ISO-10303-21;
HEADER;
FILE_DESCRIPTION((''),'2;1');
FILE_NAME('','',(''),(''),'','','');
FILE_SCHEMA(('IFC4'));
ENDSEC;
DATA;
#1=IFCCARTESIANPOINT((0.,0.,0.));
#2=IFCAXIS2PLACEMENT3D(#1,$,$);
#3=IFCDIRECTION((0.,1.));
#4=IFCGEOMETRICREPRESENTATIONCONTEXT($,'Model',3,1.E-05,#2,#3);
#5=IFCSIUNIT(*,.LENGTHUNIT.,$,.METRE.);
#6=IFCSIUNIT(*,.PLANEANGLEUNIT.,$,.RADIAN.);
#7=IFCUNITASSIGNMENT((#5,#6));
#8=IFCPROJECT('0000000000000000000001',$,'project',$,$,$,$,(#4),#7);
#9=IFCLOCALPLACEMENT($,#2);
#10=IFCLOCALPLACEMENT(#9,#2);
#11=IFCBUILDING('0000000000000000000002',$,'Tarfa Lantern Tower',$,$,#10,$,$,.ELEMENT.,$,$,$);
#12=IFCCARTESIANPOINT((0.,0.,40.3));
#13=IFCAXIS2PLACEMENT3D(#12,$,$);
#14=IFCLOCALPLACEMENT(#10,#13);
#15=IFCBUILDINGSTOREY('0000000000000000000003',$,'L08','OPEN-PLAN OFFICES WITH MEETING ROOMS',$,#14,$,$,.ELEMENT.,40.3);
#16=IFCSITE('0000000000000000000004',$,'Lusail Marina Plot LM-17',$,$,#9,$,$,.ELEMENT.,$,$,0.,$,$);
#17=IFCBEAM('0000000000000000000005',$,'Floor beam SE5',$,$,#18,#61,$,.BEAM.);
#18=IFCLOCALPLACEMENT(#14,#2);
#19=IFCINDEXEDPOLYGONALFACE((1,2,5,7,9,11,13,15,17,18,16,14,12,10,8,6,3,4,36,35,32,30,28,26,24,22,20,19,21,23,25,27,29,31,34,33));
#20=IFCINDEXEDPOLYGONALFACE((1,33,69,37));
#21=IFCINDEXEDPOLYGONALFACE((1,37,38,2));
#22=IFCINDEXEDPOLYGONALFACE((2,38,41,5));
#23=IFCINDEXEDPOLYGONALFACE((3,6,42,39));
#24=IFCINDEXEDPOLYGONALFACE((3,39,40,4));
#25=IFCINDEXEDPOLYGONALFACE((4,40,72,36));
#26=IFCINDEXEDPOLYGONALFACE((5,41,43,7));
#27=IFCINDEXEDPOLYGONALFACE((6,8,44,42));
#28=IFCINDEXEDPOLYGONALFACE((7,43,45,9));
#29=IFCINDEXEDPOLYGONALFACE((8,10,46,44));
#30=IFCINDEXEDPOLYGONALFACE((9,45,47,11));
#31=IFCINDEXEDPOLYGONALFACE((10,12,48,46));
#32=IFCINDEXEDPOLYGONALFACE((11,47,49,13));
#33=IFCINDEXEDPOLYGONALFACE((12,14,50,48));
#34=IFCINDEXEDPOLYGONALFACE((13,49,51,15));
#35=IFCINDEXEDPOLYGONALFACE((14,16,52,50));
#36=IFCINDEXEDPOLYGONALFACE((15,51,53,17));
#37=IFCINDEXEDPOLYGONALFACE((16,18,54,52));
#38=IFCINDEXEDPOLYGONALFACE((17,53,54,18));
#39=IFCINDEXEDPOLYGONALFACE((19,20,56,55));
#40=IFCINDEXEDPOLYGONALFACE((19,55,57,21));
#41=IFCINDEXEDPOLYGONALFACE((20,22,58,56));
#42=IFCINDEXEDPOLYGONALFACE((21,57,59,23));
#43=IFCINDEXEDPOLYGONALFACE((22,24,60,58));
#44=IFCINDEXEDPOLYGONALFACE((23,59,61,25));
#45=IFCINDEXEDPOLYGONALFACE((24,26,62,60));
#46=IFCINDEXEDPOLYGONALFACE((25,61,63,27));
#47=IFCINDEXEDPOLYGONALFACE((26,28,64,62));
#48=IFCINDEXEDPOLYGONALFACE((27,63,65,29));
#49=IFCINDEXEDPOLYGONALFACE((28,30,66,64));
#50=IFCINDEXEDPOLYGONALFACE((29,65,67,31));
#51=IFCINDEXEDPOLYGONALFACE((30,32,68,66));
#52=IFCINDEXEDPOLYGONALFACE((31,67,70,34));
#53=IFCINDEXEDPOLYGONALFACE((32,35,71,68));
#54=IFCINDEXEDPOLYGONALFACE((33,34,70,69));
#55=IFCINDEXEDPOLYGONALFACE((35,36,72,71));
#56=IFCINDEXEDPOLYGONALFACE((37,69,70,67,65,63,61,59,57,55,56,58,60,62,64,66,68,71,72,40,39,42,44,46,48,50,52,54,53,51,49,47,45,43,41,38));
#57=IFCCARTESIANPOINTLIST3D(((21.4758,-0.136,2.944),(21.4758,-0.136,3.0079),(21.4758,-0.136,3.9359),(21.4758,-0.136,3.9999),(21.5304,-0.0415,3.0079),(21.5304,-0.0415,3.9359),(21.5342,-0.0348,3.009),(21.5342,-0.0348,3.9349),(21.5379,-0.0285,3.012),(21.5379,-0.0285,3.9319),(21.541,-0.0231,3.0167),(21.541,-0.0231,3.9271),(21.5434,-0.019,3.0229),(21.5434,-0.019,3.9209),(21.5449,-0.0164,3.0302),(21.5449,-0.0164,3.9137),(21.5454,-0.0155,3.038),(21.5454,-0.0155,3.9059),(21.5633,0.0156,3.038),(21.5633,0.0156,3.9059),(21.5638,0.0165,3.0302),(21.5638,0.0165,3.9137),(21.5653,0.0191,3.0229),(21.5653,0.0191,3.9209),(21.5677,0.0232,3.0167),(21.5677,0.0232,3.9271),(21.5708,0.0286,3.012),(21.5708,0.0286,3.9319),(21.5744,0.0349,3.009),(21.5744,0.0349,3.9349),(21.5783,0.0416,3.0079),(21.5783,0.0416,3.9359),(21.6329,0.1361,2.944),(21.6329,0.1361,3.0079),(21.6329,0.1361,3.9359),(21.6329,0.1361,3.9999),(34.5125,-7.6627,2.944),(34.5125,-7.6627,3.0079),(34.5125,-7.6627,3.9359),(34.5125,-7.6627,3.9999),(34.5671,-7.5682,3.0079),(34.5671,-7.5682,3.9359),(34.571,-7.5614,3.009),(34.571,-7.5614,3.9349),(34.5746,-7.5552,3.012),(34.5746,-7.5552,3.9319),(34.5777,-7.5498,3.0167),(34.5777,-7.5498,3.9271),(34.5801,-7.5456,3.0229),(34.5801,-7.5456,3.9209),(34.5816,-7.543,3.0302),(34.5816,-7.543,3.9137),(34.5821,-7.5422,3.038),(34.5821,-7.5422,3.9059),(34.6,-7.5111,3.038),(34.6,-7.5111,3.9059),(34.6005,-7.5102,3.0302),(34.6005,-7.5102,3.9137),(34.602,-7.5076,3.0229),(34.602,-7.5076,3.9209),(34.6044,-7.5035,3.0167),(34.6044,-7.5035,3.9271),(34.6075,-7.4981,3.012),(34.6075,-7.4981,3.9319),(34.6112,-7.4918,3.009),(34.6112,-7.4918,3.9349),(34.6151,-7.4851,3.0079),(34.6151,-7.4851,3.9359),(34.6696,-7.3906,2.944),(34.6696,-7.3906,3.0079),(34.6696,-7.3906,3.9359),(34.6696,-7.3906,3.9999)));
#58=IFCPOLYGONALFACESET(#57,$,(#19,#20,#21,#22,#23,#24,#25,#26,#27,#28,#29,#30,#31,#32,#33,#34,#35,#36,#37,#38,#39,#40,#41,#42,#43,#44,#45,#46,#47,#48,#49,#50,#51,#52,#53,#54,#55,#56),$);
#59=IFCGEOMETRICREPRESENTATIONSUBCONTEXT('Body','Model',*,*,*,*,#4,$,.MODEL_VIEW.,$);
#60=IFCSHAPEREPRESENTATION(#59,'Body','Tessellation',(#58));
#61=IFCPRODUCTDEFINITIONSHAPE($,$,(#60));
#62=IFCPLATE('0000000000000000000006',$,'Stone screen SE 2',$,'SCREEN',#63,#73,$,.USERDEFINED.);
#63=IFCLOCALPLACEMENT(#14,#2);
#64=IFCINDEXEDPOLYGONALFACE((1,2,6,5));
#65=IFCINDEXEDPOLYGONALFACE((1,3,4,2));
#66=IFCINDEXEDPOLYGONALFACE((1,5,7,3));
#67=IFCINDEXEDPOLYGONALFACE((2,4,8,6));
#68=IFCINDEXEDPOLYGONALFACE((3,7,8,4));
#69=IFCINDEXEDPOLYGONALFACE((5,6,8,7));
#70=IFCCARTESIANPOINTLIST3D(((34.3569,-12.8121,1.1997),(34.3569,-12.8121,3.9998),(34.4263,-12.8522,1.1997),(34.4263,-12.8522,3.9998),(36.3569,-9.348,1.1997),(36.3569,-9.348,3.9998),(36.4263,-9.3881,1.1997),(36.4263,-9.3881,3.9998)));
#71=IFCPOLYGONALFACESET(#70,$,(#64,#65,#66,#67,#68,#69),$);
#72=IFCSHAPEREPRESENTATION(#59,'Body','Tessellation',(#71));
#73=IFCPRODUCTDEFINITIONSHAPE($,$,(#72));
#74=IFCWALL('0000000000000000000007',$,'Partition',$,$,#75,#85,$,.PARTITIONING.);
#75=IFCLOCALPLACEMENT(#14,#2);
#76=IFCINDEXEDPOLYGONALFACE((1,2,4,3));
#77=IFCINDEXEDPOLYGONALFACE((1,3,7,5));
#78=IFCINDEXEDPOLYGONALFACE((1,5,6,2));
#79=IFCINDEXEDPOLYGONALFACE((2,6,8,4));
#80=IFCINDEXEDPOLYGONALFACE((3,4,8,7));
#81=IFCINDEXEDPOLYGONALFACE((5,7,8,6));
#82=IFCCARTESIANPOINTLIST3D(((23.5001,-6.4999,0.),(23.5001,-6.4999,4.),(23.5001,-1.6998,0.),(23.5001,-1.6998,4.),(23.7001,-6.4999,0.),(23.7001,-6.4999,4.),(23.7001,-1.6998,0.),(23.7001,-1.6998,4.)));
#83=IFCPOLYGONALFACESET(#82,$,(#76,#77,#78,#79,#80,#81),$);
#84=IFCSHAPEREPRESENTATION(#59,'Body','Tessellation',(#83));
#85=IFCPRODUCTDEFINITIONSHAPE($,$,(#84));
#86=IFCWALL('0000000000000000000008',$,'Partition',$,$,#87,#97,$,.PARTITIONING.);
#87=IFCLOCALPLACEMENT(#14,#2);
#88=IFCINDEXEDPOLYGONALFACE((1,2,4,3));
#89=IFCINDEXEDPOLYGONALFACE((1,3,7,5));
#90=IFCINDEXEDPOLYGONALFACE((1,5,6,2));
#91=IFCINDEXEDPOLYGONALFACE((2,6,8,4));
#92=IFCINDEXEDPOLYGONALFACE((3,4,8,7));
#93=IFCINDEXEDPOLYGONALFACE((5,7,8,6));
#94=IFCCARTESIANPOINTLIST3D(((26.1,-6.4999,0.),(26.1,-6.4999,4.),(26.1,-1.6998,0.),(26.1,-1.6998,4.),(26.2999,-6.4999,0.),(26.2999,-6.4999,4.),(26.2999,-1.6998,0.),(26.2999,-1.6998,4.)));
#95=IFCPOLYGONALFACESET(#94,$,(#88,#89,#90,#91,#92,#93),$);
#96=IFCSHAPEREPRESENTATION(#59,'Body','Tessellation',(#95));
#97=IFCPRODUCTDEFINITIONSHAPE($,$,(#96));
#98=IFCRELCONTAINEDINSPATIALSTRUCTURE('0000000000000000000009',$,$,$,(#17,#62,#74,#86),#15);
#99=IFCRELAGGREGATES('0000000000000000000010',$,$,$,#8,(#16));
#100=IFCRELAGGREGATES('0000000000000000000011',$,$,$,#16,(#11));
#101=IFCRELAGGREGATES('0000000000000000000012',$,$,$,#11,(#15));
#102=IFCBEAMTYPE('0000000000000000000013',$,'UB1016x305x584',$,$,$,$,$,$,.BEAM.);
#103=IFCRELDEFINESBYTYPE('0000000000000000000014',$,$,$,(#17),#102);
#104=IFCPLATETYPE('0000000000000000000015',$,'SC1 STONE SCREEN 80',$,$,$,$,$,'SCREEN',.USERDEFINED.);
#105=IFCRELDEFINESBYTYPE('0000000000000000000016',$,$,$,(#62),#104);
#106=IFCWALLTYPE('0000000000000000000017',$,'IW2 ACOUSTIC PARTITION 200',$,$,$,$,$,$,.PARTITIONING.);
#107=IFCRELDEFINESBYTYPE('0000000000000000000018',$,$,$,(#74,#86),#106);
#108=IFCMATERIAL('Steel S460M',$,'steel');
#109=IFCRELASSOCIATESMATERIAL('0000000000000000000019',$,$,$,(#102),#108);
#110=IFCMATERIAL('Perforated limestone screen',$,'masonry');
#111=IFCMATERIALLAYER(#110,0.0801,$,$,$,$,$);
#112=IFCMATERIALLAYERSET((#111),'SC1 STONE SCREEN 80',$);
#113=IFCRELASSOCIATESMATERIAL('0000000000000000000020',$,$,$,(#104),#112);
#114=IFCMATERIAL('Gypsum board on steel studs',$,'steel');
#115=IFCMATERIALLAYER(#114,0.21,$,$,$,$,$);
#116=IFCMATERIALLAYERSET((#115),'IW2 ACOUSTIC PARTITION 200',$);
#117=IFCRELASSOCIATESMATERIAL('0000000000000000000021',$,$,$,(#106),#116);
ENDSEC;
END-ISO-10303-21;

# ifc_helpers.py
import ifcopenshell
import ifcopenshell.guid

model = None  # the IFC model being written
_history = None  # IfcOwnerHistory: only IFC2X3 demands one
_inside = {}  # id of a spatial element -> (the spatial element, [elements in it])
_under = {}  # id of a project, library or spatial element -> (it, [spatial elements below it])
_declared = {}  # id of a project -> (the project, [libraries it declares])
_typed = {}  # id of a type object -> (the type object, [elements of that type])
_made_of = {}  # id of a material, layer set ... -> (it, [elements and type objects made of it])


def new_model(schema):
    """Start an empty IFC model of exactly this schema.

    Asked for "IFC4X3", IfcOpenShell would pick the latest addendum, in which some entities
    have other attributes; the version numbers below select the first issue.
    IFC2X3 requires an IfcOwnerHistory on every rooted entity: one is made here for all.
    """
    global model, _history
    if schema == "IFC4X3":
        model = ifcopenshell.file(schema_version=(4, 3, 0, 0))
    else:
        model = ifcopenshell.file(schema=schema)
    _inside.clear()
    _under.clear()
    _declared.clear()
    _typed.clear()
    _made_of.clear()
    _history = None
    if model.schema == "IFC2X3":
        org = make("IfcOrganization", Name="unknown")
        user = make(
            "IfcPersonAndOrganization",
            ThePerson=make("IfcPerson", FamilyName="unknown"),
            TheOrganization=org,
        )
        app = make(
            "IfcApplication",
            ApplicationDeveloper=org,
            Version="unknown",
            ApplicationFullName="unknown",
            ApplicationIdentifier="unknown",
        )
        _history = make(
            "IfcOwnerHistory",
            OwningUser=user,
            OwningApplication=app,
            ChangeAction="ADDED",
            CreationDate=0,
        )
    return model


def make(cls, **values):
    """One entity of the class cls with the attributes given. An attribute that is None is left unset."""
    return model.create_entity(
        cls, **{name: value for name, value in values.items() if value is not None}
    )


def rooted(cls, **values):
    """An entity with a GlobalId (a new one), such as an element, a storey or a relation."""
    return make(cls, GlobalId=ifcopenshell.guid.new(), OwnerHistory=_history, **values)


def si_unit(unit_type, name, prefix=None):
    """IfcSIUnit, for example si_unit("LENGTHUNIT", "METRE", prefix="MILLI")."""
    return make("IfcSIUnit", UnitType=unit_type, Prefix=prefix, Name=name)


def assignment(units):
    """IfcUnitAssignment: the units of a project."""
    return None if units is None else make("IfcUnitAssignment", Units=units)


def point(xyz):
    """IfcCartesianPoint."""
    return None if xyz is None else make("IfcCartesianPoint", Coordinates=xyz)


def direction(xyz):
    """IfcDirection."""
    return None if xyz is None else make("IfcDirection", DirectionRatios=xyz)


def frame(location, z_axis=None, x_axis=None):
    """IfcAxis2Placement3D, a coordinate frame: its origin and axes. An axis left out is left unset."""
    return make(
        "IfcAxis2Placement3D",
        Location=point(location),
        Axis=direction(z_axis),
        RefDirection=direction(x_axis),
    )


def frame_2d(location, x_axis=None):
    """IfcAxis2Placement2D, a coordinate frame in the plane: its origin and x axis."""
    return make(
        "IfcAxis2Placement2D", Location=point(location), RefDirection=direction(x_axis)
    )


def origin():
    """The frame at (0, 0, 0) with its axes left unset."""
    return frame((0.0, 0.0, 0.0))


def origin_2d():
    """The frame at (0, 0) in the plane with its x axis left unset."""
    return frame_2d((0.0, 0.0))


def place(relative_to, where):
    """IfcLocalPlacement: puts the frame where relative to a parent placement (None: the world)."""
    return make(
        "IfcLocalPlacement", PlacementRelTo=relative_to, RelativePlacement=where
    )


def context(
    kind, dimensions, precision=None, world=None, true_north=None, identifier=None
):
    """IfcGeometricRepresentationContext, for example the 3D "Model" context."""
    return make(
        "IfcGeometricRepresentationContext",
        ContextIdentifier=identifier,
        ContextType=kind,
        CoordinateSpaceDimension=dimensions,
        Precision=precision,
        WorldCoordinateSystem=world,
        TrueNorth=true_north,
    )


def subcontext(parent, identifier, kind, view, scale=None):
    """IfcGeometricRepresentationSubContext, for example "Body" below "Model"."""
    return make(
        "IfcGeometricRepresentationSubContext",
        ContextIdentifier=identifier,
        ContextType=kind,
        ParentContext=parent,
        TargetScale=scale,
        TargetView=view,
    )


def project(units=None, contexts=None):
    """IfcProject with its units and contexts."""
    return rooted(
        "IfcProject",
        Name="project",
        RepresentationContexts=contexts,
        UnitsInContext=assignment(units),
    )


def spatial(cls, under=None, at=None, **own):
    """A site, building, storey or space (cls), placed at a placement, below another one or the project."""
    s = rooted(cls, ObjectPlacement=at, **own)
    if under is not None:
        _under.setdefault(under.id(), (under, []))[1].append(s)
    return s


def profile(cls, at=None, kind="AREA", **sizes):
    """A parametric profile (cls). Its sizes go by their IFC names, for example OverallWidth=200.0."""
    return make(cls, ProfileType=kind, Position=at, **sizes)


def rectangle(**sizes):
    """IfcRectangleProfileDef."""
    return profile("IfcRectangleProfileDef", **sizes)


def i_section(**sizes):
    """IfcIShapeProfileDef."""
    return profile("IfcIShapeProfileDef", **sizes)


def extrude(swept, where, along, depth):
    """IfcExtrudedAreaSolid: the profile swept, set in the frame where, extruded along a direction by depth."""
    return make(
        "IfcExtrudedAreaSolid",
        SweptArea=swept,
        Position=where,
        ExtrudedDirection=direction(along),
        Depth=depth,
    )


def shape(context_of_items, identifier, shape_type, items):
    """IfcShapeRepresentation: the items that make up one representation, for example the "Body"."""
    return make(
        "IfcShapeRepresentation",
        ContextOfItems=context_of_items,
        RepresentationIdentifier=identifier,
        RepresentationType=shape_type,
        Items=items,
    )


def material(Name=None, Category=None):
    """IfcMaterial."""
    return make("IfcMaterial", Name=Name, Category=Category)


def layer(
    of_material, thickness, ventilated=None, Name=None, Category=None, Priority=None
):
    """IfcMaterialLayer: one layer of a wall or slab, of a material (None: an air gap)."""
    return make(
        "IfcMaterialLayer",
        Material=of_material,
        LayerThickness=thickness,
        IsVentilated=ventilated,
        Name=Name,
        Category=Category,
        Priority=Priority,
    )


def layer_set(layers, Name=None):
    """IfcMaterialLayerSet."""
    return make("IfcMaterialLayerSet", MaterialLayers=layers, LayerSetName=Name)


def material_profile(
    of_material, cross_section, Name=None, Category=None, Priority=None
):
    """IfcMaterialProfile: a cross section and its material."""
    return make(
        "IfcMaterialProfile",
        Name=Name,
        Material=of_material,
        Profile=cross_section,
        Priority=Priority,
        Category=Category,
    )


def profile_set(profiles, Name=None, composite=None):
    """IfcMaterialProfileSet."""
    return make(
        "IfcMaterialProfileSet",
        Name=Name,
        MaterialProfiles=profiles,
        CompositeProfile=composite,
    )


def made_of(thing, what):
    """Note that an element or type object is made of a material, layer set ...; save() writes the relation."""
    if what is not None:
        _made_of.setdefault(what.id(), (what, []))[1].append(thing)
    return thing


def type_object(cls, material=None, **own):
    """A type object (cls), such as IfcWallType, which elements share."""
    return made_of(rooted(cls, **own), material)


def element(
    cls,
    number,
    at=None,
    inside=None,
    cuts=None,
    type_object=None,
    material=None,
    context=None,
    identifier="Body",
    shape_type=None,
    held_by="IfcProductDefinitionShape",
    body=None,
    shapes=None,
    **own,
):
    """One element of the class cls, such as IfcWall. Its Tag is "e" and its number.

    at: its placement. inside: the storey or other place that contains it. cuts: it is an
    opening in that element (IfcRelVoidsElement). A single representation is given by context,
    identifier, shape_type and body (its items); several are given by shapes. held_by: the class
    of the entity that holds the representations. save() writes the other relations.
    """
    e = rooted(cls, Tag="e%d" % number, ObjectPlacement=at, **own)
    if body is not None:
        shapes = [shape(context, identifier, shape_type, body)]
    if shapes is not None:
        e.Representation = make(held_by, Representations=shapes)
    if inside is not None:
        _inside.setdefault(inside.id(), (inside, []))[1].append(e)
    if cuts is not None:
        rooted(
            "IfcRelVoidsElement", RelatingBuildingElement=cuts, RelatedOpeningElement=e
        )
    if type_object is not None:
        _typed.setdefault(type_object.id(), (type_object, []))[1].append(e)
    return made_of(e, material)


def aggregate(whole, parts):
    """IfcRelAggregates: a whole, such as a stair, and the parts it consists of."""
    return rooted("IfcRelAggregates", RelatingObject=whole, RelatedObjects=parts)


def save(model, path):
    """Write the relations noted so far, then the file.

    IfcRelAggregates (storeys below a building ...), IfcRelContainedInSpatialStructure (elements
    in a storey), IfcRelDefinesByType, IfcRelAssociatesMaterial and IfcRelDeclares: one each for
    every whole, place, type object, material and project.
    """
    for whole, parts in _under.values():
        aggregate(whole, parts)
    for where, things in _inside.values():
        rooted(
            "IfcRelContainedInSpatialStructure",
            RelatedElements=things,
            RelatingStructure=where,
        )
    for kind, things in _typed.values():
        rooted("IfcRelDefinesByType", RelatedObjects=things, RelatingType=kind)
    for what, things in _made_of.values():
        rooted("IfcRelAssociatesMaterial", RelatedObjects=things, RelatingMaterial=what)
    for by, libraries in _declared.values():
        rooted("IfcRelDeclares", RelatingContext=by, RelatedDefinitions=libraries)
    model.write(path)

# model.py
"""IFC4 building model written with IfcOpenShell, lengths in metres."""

from ifc_helpers import new_model, si_unit, direction, frame, frame_2d, origin, origin_2d, place, context, subcontext, project, spatial, rectangle, i_section, extrude, material, layer, layer_set, material_profile, profile_set, type_object, element, save


model = new_model("IFC4")

# Units and contexts
model_context = context("Model", 3, precision=1e-05, world=origin(), true_north=direction((0.0, 1.0)))
body_context = subcontext(model_context, "Body", "Model", "MODEL_VIEW")
ifc_project = project(units=[si_unit("LENGTHUNIT", "METRE"), si_unit("PLANEANGLEUNIT", "RADIAN")], contexts=[model_context])

# Site, building, storey
site_placement = place(None, origin())
site = spatial("IfcSite", under=ifc_project, at=site_placement, Name="Lusail Marina Plot LM-17", CompositionType="ELEMENT", RefElevation=0.0)
building_placement = place(site_placement, origin())
building = spatial("IfcBuilding", under=site, at=building_placement, Name="Tarfa Lantern Tower", CompositionType="ELEMENT")
storey_placement = place(building_placement, frame((0.0, 0.0, 40.3)))
storey = spatial("IfcBuildingStorey", under=building, at=storey_placement, Name="L08", Description="OPEN-PLAN OFFICES WITH MEETING ROOMS", CompositionType="ELEMENT", Elevation=40.3)

# Beam
ifc_material_1 = material(Name="Steel S460M", Category="steel")
ifc_material_profile_1 = material_profile(ifc_material_1, i_section(OverallWidth=0.3142, OverallDepth=1.0559, WebThickness=0.0359, FlangeThickness=0.064, FilletRadius=0.03, at=origin_2d()), Name="UB1016x305x584")
ifc_profile_set_1 = profile_set([ifc_material_profile_1], Name="Steel S460M")
beam_type_1 = type_object("IfcBeamType", Name="UB1016x305x584", PredefinedType="BEAM", material=ifc_profile_set_1)
beam_1_placement = place(storey_placement, frame((34.5911, -7.5266, 3.4719), z_axis=(-0.866028, 0.499996, 0.0), x_axis=(-0.499996, -0.866028, 0.0)))
element("IfcBeam", 1, at=beam_1_placement, inside=storey, type_object=beam_type_1, Name="Floor beam SE5", PredefinedType="BEAM", context=body_context, shape_type="SweptSolid", body=[
    extrude(i_section(OverallWidth=0.3142, OverallDepth=1.0559, WebThickness=0.0359, FlangeThickness=0.064, FilletRadius=0.03, at=origin_2d()), origin(), (0.0, 0.0, 1.0), 15.0535),
])

# Plate
ifc_material_2 = material(Name="Perforated limestone screen", Category="masonry")
ifc_layer_1 = layer(ifc_material_2, 0.0801)
ifc_layer_set_1 = layer_set([ifc_layer_1], Name="SC1 STONE SCREEN 80")
plate_type = type_object("IfcPlateType", Name="SC1 STONE SCREEN 80", ElementType="SCREEN", PredefinedType="USERDEFINED", material=ifc_layer_set_1)
plate_placement = place(storey_placement, frame((35.3916, -11.1001, 1.1997), z_axis=(0.0, 0.0, 1.0), x_axis=(0.5, 0.866025, 0.0)))
element("IfcPlate", 2, at=plate_placement, inside=storey, type_object=plate_type, Name="Stone screen SE 2", ObjectType="SCREEN", PredefinedType="USERDEFINED", context=body_context, shape_type="SweptSolid", body=[
    extrude(rectangle(XDim=4.0, YDim=0.0801, at=origin_2d()), origin(), (0.0, 0.0, 1.0), 2.8),
])

# Walls
ifc_material_3 = material(Name="Gypsum board on steel studs", Category="steel")
ifc_layer_2 = layer(ifc_material_3, 0.21)
ifc_layer_set_2 = layer_set([ifc_layer_2], Name="IW2 ACOUSTIC PARTITION 200")
wall_type = type_object("IfcWallType", Name="IW2 ACOUSTIC PARTITION 200", PredefinedType="PARTITIONING", material=ifc_layer_set_2)
for number, where, z_axis, x_axis, name in (
    (3, (23.6001, -1.7, 0.0), (0.0, 0.0, 1.0), (0.0, -1.0, 0.0), "Partition"),
    (4, (26.2, -1.7, 0.0), (0.0, 0.0, 1.0), (0.0, -1.0, 0.0), "Partition"),
):
    element("IfcWall", number, at=place(storey_placement, frame(where, z_axis=z_axis, x_axis=x_axis)), inside=storey, type_object=wall_type, Name=name, PredefinedType="PARTITIONING", context=body_context, shape_type="SweptSolid", body=[
        extrude(rectangle(XDim=4.8, YDim=0.2, at=frame_2d((2.3999, 0.0))), origin(), (0.0, 0.0, 1.0), 4.0),
    ])

save(model, "model.ifc")
